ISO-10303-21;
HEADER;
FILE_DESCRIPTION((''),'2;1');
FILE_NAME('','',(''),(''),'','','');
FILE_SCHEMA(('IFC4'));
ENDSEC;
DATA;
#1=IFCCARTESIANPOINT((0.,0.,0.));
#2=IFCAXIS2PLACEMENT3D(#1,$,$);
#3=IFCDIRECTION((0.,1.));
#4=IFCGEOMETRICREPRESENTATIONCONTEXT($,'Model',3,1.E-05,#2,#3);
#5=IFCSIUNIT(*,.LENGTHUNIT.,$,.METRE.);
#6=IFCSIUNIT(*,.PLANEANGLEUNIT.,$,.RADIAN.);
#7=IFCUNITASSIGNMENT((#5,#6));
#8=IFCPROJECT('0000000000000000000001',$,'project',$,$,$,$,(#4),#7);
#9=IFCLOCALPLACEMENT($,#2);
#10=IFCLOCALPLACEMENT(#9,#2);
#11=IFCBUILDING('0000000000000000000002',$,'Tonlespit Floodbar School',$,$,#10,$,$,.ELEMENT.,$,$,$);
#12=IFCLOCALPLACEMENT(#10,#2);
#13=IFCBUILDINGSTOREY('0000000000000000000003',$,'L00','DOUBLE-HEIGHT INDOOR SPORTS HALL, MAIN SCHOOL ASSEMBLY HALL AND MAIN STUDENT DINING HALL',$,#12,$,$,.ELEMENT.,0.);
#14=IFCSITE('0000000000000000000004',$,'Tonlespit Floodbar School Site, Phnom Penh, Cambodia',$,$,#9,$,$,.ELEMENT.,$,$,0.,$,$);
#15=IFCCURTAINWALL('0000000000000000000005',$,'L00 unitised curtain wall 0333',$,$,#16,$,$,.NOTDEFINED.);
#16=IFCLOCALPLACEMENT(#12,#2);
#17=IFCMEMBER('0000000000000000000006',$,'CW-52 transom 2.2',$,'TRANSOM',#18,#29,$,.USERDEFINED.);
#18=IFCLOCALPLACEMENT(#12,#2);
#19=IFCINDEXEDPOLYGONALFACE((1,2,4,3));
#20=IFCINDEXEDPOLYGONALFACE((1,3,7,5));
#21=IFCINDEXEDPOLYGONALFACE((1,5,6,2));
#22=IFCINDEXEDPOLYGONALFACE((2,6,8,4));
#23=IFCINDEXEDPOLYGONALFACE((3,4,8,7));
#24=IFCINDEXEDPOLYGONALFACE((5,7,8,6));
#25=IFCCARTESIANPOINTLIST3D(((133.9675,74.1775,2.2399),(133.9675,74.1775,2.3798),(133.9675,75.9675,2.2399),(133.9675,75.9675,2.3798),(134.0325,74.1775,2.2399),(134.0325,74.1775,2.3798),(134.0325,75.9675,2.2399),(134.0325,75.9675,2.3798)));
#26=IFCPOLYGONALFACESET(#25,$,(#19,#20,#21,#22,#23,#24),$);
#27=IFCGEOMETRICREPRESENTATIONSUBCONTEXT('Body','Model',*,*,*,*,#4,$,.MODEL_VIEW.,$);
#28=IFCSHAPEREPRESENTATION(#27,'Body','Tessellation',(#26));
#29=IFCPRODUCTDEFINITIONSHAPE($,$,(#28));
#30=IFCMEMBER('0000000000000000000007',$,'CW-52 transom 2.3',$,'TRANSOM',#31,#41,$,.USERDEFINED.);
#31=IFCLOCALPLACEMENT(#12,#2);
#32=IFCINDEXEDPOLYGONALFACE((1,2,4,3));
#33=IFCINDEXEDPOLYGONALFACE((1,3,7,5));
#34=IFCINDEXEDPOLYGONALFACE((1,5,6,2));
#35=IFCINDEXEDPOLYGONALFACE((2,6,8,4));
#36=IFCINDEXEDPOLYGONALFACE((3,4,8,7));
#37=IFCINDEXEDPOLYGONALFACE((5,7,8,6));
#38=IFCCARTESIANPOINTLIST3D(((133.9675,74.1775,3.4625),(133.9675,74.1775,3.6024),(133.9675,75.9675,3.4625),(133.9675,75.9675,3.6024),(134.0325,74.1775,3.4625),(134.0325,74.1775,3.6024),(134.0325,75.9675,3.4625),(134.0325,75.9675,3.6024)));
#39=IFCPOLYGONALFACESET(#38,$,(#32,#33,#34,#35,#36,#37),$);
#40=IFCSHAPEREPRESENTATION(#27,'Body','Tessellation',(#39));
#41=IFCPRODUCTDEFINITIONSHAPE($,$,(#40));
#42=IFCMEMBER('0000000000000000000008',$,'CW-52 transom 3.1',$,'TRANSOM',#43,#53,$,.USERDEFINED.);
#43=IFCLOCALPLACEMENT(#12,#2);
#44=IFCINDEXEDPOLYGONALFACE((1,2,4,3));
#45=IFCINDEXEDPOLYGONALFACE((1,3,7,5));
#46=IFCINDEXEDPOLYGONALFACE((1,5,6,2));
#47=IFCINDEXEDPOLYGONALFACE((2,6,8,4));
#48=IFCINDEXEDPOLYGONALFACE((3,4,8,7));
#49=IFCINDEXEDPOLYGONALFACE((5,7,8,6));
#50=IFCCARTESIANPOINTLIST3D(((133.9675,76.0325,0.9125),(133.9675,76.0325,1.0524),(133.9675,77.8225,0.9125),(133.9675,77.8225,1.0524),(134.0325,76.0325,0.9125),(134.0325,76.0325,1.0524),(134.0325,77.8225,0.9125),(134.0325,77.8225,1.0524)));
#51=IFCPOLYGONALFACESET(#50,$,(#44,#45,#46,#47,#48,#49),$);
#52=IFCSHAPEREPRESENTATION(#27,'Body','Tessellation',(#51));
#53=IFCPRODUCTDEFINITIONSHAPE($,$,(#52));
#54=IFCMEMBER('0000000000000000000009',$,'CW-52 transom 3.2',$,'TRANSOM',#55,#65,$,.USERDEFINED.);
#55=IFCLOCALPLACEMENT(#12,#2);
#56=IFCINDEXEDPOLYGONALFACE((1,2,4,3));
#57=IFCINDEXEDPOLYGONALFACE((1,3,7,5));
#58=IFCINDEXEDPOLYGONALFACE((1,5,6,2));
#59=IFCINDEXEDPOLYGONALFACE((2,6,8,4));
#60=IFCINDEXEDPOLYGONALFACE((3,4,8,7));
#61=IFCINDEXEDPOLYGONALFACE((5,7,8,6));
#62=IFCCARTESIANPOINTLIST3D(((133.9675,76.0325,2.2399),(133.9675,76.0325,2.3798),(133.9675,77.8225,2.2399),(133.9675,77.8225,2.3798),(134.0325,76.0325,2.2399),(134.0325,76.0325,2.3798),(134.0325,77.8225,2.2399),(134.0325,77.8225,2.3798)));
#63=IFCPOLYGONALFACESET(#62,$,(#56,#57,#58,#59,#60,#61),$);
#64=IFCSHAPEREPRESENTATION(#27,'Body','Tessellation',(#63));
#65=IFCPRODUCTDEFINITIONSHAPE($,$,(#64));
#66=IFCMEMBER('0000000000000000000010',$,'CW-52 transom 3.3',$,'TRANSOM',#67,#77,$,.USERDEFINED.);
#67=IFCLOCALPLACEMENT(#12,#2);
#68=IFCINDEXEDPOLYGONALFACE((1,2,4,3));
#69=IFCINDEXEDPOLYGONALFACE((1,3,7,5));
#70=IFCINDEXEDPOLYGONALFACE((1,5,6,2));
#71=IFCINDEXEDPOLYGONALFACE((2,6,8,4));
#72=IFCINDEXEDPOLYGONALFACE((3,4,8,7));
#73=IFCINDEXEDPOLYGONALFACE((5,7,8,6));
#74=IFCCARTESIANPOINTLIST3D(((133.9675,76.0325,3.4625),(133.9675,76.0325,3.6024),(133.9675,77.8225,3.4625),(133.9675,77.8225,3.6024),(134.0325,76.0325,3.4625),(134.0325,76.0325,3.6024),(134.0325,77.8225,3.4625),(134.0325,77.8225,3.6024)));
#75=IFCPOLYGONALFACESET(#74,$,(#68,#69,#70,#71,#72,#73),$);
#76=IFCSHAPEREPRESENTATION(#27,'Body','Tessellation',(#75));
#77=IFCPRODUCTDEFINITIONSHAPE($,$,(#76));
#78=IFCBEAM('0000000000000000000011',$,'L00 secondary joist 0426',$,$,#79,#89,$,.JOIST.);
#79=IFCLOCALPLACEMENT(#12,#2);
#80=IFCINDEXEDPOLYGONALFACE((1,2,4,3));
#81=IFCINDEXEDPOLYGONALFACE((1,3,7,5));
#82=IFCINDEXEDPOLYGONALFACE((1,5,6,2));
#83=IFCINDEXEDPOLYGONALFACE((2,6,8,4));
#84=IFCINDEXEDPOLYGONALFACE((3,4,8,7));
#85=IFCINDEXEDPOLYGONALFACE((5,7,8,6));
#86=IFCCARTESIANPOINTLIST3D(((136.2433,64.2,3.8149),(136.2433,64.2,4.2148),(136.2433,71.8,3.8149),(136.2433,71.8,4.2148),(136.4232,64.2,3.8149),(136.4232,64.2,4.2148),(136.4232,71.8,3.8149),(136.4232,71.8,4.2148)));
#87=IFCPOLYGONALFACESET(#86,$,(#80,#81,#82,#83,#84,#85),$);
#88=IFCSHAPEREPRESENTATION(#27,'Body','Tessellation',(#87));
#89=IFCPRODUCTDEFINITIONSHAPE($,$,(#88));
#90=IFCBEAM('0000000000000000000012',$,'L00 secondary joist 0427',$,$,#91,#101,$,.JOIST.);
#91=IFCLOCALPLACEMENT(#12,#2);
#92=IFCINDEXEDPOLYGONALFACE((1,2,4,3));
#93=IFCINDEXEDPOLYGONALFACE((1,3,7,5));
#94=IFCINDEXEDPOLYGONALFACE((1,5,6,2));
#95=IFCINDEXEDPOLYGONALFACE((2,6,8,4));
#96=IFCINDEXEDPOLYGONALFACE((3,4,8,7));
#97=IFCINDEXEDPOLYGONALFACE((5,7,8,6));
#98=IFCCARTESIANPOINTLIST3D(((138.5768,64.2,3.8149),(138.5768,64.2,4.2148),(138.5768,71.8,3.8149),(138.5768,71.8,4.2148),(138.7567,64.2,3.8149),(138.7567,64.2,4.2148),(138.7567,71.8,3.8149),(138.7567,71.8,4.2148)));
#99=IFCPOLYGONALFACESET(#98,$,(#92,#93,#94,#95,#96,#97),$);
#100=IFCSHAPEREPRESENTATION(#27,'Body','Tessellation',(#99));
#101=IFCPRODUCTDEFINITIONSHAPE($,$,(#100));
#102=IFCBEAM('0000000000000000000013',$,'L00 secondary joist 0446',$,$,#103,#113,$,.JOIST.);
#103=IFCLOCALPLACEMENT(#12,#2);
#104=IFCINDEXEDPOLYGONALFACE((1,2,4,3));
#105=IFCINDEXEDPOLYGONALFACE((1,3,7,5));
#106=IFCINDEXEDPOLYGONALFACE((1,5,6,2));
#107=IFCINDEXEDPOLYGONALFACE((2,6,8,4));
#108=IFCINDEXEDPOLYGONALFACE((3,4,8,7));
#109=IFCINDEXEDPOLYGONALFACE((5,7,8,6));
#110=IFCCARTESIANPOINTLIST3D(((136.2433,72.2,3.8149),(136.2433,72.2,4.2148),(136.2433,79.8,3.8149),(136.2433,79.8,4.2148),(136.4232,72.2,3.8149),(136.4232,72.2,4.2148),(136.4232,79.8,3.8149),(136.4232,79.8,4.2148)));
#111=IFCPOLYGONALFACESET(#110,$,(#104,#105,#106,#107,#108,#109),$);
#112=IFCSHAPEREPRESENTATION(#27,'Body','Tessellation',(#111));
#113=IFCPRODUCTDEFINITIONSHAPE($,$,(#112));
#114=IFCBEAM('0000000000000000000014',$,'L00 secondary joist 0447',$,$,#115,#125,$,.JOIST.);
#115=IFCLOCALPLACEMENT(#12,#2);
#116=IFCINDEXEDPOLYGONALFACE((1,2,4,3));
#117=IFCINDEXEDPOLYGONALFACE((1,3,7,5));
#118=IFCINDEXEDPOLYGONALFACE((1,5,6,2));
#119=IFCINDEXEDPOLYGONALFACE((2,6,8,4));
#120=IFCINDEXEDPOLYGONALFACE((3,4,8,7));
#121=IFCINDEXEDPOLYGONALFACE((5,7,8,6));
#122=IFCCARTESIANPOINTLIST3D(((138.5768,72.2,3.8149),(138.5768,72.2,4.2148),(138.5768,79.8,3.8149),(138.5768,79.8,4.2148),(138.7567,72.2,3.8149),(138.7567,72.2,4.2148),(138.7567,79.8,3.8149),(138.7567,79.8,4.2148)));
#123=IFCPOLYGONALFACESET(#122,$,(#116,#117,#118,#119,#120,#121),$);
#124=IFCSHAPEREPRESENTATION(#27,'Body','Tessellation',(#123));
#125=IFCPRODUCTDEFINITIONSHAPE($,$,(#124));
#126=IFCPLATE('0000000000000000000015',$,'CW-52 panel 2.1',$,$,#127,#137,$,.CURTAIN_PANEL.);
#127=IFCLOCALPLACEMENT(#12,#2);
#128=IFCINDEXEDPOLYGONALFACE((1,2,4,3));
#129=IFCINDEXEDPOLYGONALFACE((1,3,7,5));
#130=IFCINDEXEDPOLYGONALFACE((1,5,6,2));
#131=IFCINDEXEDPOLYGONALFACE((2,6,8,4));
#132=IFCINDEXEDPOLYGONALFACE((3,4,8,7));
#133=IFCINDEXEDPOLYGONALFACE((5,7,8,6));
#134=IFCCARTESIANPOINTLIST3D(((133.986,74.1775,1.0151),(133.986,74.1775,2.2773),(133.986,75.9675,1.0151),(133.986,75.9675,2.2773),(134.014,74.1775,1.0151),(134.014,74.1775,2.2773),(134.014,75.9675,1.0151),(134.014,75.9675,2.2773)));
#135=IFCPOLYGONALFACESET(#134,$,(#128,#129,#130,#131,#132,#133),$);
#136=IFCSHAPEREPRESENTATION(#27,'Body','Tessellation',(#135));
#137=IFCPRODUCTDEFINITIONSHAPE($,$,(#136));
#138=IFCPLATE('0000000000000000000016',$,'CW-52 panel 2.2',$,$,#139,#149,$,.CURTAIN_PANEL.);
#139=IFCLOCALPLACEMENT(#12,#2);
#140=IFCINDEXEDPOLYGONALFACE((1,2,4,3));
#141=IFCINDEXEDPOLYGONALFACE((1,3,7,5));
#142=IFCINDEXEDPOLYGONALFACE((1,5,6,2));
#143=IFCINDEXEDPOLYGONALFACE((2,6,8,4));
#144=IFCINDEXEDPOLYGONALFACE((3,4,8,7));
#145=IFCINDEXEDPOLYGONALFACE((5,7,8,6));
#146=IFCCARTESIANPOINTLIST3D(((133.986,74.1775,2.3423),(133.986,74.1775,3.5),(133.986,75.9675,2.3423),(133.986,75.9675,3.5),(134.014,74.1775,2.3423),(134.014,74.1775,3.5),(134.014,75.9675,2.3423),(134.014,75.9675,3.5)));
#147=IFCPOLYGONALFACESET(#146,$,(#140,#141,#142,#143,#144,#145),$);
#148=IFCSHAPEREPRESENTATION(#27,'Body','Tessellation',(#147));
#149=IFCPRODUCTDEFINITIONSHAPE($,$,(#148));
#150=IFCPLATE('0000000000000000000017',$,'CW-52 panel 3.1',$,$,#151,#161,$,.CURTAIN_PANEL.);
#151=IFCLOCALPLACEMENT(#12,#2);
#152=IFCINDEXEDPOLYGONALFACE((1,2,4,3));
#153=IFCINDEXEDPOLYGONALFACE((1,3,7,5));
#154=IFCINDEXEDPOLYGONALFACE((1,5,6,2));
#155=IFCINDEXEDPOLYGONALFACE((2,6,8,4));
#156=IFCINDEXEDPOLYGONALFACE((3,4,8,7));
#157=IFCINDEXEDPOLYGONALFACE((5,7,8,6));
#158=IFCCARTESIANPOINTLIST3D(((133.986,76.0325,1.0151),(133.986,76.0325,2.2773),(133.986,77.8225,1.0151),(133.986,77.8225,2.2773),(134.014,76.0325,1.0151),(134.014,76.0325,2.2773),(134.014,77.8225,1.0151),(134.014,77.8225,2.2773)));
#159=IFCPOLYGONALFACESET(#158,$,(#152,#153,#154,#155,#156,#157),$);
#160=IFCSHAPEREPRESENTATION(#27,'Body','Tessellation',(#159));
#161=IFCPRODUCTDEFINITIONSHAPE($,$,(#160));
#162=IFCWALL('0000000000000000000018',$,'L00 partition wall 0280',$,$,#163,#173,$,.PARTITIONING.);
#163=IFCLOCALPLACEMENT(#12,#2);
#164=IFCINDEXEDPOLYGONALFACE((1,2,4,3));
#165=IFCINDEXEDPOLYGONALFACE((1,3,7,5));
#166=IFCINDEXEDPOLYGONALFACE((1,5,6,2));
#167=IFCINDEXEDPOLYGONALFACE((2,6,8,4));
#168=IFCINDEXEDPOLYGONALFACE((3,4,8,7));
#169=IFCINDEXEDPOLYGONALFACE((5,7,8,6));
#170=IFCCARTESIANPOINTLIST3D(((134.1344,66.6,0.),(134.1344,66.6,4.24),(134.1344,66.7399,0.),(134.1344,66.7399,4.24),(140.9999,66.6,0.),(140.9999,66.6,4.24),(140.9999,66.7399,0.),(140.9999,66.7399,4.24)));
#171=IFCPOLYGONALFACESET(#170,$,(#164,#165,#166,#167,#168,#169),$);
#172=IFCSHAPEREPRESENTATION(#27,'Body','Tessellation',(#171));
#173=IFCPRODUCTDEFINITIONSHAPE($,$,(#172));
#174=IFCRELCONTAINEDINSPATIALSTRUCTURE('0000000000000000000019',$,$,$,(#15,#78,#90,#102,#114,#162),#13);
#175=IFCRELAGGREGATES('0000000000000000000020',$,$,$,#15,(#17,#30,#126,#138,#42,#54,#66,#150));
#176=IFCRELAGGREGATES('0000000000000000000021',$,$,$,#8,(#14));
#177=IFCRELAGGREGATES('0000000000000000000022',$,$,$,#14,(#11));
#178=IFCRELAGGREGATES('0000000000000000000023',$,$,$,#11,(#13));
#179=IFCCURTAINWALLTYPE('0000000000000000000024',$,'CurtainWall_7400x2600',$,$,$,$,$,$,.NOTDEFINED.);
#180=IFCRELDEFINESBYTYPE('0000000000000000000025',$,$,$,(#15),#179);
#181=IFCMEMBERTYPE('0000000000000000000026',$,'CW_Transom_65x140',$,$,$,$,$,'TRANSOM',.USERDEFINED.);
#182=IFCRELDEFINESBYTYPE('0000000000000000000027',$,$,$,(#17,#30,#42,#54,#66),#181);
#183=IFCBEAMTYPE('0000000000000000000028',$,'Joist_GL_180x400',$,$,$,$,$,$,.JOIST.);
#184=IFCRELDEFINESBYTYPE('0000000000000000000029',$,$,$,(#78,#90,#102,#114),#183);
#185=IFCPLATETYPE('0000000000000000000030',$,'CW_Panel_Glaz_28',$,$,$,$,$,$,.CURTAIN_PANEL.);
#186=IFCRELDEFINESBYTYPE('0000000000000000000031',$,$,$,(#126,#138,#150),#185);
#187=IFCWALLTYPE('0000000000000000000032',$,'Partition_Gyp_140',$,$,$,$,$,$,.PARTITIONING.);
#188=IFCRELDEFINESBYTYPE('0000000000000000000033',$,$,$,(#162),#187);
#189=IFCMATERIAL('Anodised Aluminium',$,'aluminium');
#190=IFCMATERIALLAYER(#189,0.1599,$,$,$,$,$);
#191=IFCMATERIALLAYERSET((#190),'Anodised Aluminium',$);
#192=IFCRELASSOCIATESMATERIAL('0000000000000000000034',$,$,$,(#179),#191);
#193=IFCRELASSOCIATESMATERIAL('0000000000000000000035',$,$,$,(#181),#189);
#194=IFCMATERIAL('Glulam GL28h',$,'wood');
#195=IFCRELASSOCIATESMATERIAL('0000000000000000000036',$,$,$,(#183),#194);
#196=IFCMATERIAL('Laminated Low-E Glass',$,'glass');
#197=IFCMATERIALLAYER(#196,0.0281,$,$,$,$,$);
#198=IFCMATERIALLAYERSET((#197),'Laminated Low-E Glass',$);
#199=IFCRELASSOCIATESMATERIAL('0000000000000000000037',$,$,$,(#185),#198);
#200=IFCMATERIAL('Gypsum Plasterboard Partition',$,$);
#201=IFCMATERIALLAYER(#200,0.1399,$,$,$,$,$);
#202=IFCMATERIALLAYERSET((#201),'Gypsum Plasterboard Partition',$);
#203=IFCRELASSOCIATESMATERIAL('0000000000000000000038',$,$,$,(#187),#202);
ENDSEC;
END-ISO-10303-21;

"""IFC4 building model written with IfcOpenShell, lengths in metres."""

from ifc_helpers import new_model, si_unit, direction, frame, frame_2d, origin, origin_2d, place, context, subcontext, project, spatial, rectangle, extrude, material, layer, layer_set, material_profile, profile_set, type_object, element, aggregate, save


model = new_model("IFC4")

# Units and contexts
model_context = context("Model", 3, precision=1e-05, world=origin(), true_north=direction((0.0, 1.0)))
body_context = subcontext(model_context, "Body", "Model", "MODEL_VIEW")
ifc_project = project(units=[si_unit("LENGTHUNIT", "METRE"), si_unit("PLANEANGLEUNIT", "RADIAN")], contexts=[model_context])

# Site, building, storey
site_placement = place(None, origin())
site = spatial("IfcSite", under=ifc_project, at=site_placement, Name="Tonlespit Floodbar School Site, Phnom Penh, Cambodia", CompositionType="ELEMENT", RefElevation=0.0)
building_placement = place(site_placement, origin())
building = spatial("IfcBuilding", under=site, at=building_placement, Name="Tonlespit Floodbar School", CompositionType="ELEMENT")
storey_placement = place(building_placement, origin())
storey = spatial("IfcBuildingStorey", under=building, at=storey_placement, Name="L00", Description="DOUBLE-HEIGHT INDOOR SPORTS HALL, MAIN SCHOOL ASSEMBLY HALL AND MAIN STUDENT DINING HALL", CompositionType="ELEMENT", Elevation=0.0)

# Curtain wall, members
ifc_material_1 = material(Name="Anodised Aluminium", Category="aluminium")
ifc_layer_1 = layer(ifc_material_1, 0.1599)
ifc_layer_set_1 = layer_set([ifc_layer_1], Name="Anodised Aluminium")
curtain_wall_type = type_object("IfcCurtainWallType", Name="CurtainWall_7400x2600", PredefinedType="NOTDEFINED", material=ifc_layer_set_1)
curtain_wall_placement = place(storey_placement, origin())
curtain_wall = element("IfcCurtainWall", 1, at=curtain_wall_placement, inside=storey, type_object=curtain_wall_type, Name="L00 unitised curtain wall 0333", PredefinedType="NOTDEFINED")
ifc_material_profile_1 = material_profile(ifc_material_1, rectangle(XDim=0.0649, YDim=0.1399, at=origin_2d()), Name="ALU T65x140")
ifc_profile_set_1 = profile_set([ifc_material_profile_1], Name="Anodised Aluminium")
member_type_1 = type_object("IfcMemberType", Name="CW_Transom_65x140", ElementType="TRANSOM", PredefinedType="USERDEFINED", material=ifc_profile_set_1)
member_1_placement = place(storey_placement, frame((134.0, 74.1775, 2.3098), z_axis=(0.0, 1.0, 0.0), x_axis=(-1.0, 0.0, 0.0)))
member_1 = element("IfcMember", 2, at=member_1_placement, type_object=member_type_1, Name="CW-52 transom 2.2", ObjectType="TRANSOM", PredefinedType="USERDEFINED", context=body_context, shape_type="SweptSolid", body=[
    extrude(rectangle(XDim=0.0649, YDim=0.1399, at=origin_2d()), origin(), (0.0, 0.0, 1.0), 1.79),
])
member_2_placement = place(storey_placement, frame((134.0, 74.1775, 3.5325), z_axis=(0.0, 1.0, 0.0), x_axis=(-1.0, 0.0, 0.0)))
member_2 = element("IfcMember", 3, at=member_2_placement, type_object=member_type_1, Name="CW-52 transom 2.3", ObjectType="TRANSOM", PredefinedType="USERDEFINED", context=body_context, shape_type="SweptSolid", body=[
    extrude(rectangle(XDim=0.0649, YDim=0.1399, at=origin_2d()), origin(), (0.0, 0.0, 1.0), 1.79),
])
member_3_placement = place(storey_placement, frame((134.0, 76.0325, 0.9824), z_axis=(0.0, 1.0, 0.0), x_axis=(-1.0, 0.0, 0.0)))
member_3 = element("IfcMember", 4, at=member_3_placement, type_object=member_type_1, Name="CW-52 transom 3.1", ObjectType="TRANSOM", PredefinedType="USERDEFINED", context=body_context, shape_type="SweptSolid", body=[
    extrude(rectangle(XDim=0.0649, YDim=0.1399, at=origin_2d()), origin(), (0.0, 0.0, 1.0), 1.79),
])
member_4_placement = place(storey_placement, frame((134.0, 76.0325, 2.3098), z_axis=(0.0, 1.0, 0.0), x_axis=(-1.0, 0.0, 0.0)))
member_4 = element("IfcMember", 5, at=member_4_placement, type_object=member_type_1, Name="CW-52 transom 3.2", ObjectType="TRANSOM", PredefinedType="USERDEFINED", context=body_context, shape_type="SweptSolid", body=[
    extrude(rectangle(XDim=0.0649, YDim=0.1399, at=origin_2d()), origin(), (0.0, 0.0, 1.0), 1.79),
])
member_5_placement = place(storey_placement, frame((134.0, 76.0325, 3.5325), z_axis=(0.0, 1.0, 0.0), x_axis=(-1.0, 0.0, 0.0)))
member_5 = element("IfcMember", 6, at=member_5_placement, type_object=member_type_1, Name="CW-52 transom 3.3", ObjectType="TRANSOM", PredefinedType="USERDEFINED", context=body_context, shape_type="SweptSolid", body=[
    extrude(rectangle(XDim=0.0649, YDim=0.1399, at=origin_2d()), origin(), (0.0, 0.0, 1.0), 1.79),
])

# Beams
ifc_material_2 = material(Name="Glulam GL28h", Category="wood")
ifc_material_profile_2 = material_profile(ifc_material_2, rectangle(XDim=0.1799, YDim=0.3999, at=origin_2d()), Name="GL 180x400")
ifc_profile_set_2 = profile_set([ifc_material_profile_2], Name="Glulam GL28h")
beam_type_1 = type_object("IfcBeamType", Name="Joist_GL_180x400", PredefinedType="JOIST", material=ifc_profile_set_2)
for number, where, z_axis, x_axis, name in (
    (7, (136.3333, 64.2, 4.0149), (0.0, 1.0, 0.0), (-1.0, 0.0, 0.0), "L00 secondary joist 0426"),
    (8, (138.6667, 64.2, 4.0149), (0.0, 1.0, 0.0), (-1.0, 0.0, 0.0), "L00 secondary joist 0427"),
    (9, (136.3333, 72.2, 4.0149), (0.0, 1.0, 0.0), (-1.0, 0.0, 0.0), "L00 secondary joist 0446"),
    (10, (138.6667, 72.2, 4.0149), (0.0, 1.0, 0.0), (-1.0, 0.0, 0.0), "L00 secondary joist 0447"),
):
    element("IfcBeam", number, at=place(storey_placement, frame(where, z_axis=z_axis, x_axis=x_axis)), inside=storey, type_object=beam_type_1, Name=name, PredefinedType="JOIST", context=body_context, shape_type="SweptSolid", body=[
        extrude(rectangle(XDim=0.1799, YDim=0.3999, at=origin_2d()), origin(), (0.0, 0.0, 1.0), 7.6001),
    ])

# Plates
ifc_material_3 = material(Name="Laminated Low-E Glass", Category="glass")
ifc_layer_2 = layer(ifc_material_3, 0.0281)
ifc_layer_set_2 = layer_set([ifc_layer_2], Name="Laminated Low-E Glass")
plate_type = type_object("IfcPlateType", Name="CW_Panel_Glaz_28", PredefinedType="CURTAIN_PANEL", material=ifc_layer_set_2)
plate_1_placement = place(storey_placement, frame((134.0, 75.0725, 1.0151), z_axis=(0.0, 0.0, 1.0), x_axis=(0.0, 1.0, 0.0)))
plate_1 = element("IfcPlate", 11, at=plate_1_placement, type_object=plate_type, Name="CW-52 panel 2.1", PredefinedType="CURTAIN_PANEL", context=body_context, shape_type="SweptSolid", body=[
    extrude(rectangle(XDim=1.79, YDim=0.0281, at=origin_2d()), origin(), (0.0, 0.0, 1.0), 1.2622),
])
plate_2_placement = place(storey_placement, frame((134.0, 75.0725, 2.3423), z_axis=(0.0, 0.0, 1.0), x_axis=(0.0, 1.0, 0.0)))
plate_2 = element("IfcPlate", 12, at=plate_2_placement, type_object=plate_type, Name="CW-52 panel 2.2", PredefinedType="CURTAIN_PANEL", context=body_context, shape_type="SweptSolid", body=[
    extrude(rectangle(XDim=1.79, YDim=0.0281, at=origin_2d()), origin(), (0.0, 0.0, 1.0), 1.1577),
])
plate_3_placement = place(storey_placement, frame((134.0, 76.9275, 1.0151), z_axis=(0.0, 0.0, 1.0), x_axis=(0.0, 1.0, 0.0)))
plate_3 = element("IfcPlate", 13, at=plate_3_placement, type_object=plate_type, Name="CW-52 panel 3.1", PredefinedType="CURTAIN_PANEL", context=body_context, shape_type="SweptSolid", body=[
    extrude(rectangle(XDim=1.79, YDim=0.0281, at=origin_2d()), origin(), (0.0, 0.0, 1.0), 1.2622),
])
aggregate(curtain_wall, [member_1, member_2, plate_1, plate_2, member_3, member_4, member_5, plate_3])

# Wall
ifc_material_4 = material(Name="Gypsum Plasterboard Partition")
ifc_layer_3 = layer(ifc_material_4, 0.1399)
ifc_layer_set_3 = layer_set([ifc_layer_3], Name="Gypsum Plasterboard Partition")
wall_type = type_object("IfcWallType", Name="Partition_Gyp_140", PredefinedType="PARTITIONING", material=ifc_layer_set_3)
wall_1_placement = place(storey_placement, frame((134.1345, 66.6699, 0.0), z_axis=(0.0, 0.0, 1.0), x_axis=(1.0, 0.0, 0.0)))
element("IfcWall", 14, at=wall_1_placement, inside=storey, type_object=wall_type, Name="L00 partition wall 0280", PredefinedType="PARTITIONING", context=body_context, shape_type="SweptSolid", body=[
    extrude(rectangle(XDim=6.8655, YDim=0.1399, at=frame_2d((3.4326, 0.0))), origin(), (0.0, 0.0, 1.0), 4.24),
])

save(model, "model.ifc")
